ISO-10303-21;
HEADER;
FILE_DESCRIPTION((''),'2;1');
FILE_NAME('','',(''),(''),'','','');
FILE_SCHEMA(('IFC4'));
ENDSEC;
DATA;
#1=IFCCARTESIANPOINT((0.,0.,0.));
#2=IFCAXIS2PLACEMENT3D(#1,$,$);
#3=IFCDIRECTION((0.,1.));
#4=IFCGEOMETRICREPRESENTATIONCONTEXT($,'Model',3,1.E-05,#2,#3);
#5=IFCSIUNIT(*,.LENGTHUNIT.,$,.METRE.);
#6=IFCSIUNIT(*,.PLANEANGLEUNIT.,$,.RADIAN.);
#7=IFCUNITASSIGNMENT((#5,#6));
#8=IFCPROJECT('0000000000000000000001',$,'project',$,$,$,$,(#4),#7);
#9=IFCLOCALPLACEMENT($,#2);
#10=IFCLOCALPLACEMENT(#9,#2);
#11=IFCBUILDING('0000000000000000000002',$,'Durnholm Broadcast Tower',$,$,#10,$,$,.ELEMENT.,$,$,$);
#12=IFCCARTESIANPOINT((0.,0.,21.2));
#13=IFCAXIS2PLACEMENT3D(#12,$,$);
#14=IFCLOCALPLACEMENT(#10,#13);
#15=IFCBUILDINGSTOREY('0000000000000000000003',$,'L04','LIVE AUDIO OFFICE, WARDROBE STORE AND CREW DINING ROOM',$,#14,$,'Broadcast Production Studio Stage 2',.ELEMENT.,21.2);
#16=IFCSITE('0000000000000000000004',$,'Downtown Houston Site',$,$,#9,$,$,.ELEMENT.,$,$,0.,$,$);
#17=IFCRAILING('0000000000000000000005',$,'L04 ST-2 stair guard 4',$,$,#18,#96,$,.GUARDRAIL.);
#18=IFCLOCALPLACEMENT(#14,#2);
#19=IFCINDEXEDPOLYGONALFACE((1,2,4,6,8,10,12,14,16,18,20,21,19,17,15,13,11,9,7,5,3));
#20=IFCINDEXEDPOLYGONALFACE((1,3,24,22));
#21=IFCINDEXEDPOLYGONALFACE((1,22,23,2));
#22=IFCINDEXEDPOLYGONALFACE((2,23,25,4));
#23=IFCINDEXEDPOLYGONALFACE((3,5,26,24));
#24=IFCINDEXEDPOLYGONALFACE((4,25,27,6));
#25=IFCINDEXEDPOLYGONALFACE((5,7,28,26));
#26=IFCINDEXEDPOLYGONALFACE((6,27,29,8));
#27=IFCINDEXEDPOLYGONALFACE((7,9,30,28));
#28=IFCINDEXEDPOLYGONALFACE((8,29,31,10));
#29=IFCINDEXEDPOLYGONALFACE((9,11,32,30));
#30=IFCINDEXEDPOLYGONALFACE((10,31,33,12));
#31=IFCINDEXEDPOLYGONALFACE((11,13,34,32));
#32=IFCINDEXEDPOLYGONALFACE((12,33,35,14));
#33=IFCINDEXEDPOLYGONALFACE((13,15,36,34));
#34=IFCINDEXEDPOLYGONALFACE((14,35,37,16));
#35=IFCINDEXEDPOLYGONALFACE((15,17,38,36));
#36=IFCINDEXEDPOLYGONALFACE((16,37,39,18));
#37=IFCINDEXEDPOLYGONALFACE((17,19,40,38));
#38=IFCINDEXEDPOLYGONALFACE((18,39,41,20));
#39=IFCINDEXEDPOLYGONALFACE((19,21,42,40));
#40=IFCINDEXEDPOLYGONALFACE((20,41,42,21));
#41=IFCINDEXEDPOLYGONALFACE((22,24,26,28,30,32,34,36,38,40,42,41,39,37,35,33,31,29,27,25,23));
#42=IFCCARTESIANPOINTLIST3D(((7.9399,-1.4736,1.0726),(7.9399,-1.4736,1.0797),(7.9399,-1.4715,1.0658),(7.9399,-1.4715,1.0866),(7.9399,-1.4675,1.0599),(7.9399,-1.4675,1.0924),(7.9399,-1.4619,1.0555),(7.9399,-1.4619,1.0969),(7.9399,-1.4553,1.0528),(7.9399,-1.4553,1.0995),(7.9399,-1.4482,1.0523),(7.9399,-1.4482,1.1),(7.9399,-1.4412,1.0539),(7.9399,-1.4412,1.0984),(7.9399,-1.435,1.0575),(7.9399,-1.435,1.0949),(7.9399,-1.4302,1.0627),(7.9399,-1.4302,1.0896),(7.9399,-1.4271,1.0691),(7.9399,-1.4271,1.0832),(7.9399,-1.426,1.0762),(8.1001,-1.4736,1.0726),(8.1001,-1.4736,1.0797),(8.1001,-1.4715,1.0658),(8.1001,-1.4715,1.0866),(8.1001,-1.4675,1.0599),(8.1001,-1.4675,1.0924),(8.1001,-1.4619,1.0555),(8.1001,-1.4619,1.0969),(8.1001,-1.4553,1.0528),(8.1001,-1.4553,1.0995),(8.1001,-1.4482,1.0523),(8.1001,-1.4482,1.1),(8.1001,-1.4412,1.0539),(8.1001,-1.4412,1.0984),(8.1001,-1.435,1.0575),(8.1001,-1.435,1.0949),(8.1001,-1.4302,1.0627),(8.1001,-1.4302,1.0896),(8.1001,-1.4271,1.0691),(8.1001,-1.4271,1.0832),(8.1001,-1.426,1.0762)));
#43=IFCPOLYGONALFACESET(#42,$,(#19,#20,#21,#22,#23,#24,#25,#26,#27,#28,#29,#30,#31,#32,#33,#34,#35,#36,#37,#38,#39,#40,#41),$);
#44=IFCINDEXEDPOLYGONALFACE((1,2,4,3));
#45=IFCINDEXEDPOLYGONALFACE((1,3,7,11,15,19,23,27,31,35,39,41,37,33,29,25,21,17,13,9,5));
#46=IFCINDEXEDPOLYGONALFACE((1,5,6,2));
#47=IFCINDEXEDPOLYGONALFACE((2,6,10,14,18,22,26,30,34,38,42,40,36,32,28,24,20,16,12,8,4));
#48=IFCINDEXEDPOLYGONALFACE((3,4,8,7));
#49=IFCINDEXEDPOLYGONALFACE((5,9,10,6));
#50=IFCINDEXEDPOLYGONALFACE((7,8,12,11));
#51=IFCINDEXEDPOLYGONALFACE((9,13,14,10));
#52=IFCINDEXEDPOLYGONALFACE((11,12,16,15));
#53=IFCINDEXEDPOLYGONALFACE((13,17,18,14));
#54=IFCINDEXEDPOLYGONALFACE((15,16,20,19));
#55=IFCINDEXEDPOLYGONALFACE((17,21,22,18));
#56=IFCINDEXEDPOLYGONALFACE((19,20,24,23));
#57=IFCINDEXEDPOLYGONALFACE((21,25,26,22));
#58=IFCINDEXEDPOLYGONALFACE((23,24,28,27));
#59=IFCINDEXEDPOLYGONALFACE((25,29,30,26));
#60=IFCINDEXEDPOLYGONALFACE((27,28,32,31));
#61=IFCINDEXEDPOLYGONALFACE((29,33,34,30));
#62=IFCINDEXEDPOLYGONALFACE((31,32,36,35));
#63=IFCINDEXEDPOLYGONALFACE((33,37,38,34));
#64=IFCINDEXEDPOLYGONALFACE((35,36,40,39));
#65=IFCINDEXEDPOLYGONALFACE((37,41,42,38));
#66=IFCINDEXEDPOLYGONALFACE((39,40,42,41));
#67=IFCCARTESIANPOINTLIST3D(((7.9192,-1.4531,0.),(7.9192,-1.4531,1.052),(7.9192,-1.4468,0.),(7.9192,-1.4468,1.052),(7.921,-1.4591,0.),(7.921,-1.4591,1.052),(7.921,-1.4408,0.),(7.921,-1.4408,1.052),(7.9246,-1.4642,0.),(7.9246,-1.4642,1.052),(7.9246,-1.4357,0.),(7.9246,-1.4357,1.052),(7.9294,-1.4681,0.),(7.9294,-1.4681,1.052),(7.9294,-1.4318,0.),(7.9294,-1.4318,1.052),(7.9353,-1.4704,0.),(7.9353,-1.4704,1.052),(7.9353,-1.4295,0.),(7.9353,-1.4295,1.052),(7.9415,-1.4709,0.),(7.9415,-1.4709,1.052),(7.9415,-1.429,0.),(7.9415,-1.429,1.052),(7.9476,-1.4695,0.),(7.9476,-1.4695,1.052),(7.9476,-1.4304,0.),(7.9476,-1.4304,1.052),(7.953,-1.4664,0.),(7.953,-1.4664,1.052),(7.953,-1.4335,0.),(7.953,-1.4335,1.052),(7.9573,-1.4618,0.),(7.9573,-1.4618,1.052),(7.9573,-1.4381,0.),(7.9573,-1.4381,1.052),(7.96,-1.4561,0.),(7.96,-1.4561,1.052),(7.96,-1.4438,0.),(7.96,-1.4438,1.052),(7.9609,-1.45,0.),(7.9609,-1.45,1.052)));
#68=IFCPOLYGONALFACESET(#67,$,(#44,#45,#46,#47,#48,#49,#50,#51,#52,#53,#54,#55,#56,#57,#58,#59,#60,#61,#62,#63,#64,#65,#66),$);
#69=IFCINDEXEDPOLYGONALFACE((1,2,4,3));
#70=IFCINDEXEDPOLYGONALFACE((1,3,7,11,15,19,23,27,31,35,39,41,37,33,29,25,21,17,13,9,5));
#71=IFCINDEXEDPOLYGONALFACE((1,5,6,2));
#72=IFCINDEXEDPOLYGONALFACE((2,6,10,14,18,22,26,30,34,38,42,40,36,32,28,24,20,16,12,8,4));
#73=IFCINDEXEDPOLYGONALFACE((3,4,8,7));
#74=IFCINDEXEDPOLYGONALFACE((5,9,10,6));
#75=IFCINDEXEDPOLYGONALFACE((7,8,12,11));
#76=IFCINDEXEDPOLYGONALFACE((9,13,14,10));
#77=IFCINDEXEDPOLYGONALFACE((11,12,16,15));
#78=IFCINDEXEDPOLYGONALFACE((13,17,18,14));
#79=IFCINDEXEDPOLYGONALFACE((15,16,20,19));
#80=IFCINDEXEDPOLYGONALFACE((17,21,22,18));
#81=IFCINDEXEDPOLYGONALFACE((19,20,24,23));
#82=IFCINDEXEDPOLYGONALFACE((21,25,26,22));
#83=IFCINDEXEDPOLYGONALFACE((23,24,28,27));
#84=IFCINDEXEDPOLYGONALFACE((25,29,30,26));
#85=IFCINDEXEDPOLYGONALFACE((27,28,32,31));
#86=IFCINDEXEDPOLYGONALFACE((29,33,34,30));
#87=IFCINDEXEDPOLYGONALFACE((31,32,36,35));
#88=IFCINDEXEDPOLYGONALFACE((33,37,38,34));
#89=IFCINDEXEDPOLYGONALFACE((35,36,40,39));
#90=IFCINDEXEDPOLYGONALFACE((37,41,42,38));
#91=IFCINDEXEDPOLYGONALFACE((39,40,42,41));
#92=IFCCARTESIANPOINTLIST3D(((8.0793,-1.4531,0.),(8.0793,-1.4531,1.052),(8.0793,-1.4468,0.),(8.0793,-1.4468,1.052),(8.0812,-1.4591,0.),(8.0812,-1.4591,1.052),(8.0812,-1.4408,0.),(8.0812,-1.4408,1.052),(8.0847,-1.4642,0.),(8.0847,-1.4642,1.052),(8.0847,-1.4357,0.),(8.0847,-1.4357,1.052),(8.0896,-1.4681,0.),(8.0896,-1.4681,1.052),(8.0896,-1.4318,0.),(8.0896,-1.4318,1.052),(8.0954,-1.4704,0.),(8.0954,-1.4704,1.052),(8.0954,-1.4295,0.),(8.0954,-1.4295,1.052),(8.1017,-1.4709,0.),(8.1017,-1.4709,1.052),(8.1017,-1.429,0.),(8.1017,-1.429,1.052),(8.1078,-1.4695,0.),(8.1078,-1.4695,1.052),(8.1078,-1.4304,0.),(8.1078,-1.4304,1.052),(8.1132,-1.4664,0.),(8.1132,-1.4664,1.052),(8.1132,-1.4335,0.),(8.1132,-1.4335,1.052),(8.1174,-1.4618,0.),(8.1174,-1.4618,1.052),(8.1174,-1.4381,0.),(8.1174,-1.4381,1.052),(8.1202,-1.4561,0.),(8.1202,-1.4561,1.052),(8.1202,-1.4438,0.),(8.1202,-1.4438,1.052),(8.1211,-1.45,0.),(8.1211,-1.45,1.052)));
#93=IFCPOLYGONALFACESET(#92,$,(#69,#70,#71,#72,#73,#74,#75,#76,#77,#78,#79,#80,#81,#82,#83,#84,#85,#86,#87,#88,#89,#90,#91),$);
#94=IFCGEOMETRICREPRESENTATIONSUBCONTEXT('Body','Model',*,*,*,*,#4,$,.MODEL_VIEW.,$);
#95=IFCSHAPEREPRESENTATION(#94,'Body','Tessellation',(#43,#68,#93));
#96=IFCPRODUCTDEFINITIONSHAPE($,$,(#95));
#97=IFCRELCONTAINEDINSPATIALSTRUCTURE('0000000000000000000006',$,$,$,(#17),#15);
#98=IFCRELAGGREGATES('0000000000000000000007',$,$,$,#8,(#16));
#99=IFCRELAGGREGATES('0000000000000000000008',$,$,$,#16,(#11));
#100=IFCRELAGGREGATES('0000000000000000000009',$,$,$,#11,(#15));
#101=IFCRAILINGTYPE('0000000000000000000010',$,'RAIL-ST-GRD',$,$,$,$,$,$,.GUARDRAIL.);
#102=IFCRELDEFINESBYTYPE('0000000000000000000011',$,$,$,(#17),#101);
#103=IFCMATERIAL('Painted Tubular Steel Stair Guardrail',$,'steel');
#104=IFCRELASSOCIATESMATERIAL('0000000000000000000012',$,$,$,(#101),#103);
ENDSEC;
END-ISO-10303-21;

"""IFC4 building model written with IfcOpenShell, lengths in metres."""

from ifc_helpers import new_model, si_unit, direction, frame, origin, origin_2d, place, context, subcontext, project, spatial, circle, extrude, material, type_object, element, save


model = new_model("IFC4")

# Units and contexts
model_context = context("Model", 3, precision=1e-05, world=origin(), true_north=direction((0.0, 1.0)))
body_context = subcontext(model_context, "Body", "Model", "MODEL_VIEW")
ifc_project = project(units=[si_unit("LENGTHUNIT", "METRE"), si_unit("PLANEANGLEUNIT", "RADIAN")], contexts=[model_context])

# Site, building, storey
site_placement = place(None, origin())
site = spatial("IfcSite", under=ifc_project, at=site_placement, Name="Downtown Houston Site", CompositionType="ELEMENT", RefElevation=0.0)
building_placement = place(site_placement, origin())
building = spatial("IfcBuilding", under=site, at=building_placement, Name="Durnholm Broadcast Tower", CompositionType="ELEMENT")
storey_placement = place(building_placement, frame((0.0, 0.0, 21.2)))
storey = spatial("IfcBuildingStorey", under=building, at=storey_placement, Name="L04", Description="LIVE AUDIO OFFICE, WARDROBE STORE AND CREW DINING ROOM", LongName="Broadcast Production Studio Stage 2", CompositionType="ELEMENT", Elevation=21.2)

# Railing
ifc_material_1 = material(Name="Painted Tubular Steel Stair Guardrail", Category="steel")
railing_type_1 = type_object("IfcRailingType", Name="RAIL-ST-GRD", PredefinedType="GUARDRAIL", material=ifc_material_1)
railing_1_placement = place(storey_placement, frame((7.9399, -1.45, 0.0)))
element("IfcRailing", 1, at=railing_1_placement, inside=storey, type_object=railing_type_1, Name="L04 ST-2 stair guard 4", PredefinedType="GUARDRAIL", context=body_context, shape_type="SweptSolid", body=[
    extrude(circle(Radius=0.0239, at=origin_2d()), frame((0.0, 0.0, 1.0762), z_axis=(1.0, 0.0, 0.0), x_axis=(0.0, 1.0, 0.0)), (0.0, 0.0, 1.0), 0.1602),
    extrude(circle(Radius=0.021, at=origin_2d()), origin(), (0.0, 0.0, 1.0), 1.052),
    extrude(circle(Radius=0.021, at=origin_2d()), frame((0.1602, 0.0, 0.0)), (0.0, 0.0, 1.0), 1.052),
])

save(model, "model.ifc")
